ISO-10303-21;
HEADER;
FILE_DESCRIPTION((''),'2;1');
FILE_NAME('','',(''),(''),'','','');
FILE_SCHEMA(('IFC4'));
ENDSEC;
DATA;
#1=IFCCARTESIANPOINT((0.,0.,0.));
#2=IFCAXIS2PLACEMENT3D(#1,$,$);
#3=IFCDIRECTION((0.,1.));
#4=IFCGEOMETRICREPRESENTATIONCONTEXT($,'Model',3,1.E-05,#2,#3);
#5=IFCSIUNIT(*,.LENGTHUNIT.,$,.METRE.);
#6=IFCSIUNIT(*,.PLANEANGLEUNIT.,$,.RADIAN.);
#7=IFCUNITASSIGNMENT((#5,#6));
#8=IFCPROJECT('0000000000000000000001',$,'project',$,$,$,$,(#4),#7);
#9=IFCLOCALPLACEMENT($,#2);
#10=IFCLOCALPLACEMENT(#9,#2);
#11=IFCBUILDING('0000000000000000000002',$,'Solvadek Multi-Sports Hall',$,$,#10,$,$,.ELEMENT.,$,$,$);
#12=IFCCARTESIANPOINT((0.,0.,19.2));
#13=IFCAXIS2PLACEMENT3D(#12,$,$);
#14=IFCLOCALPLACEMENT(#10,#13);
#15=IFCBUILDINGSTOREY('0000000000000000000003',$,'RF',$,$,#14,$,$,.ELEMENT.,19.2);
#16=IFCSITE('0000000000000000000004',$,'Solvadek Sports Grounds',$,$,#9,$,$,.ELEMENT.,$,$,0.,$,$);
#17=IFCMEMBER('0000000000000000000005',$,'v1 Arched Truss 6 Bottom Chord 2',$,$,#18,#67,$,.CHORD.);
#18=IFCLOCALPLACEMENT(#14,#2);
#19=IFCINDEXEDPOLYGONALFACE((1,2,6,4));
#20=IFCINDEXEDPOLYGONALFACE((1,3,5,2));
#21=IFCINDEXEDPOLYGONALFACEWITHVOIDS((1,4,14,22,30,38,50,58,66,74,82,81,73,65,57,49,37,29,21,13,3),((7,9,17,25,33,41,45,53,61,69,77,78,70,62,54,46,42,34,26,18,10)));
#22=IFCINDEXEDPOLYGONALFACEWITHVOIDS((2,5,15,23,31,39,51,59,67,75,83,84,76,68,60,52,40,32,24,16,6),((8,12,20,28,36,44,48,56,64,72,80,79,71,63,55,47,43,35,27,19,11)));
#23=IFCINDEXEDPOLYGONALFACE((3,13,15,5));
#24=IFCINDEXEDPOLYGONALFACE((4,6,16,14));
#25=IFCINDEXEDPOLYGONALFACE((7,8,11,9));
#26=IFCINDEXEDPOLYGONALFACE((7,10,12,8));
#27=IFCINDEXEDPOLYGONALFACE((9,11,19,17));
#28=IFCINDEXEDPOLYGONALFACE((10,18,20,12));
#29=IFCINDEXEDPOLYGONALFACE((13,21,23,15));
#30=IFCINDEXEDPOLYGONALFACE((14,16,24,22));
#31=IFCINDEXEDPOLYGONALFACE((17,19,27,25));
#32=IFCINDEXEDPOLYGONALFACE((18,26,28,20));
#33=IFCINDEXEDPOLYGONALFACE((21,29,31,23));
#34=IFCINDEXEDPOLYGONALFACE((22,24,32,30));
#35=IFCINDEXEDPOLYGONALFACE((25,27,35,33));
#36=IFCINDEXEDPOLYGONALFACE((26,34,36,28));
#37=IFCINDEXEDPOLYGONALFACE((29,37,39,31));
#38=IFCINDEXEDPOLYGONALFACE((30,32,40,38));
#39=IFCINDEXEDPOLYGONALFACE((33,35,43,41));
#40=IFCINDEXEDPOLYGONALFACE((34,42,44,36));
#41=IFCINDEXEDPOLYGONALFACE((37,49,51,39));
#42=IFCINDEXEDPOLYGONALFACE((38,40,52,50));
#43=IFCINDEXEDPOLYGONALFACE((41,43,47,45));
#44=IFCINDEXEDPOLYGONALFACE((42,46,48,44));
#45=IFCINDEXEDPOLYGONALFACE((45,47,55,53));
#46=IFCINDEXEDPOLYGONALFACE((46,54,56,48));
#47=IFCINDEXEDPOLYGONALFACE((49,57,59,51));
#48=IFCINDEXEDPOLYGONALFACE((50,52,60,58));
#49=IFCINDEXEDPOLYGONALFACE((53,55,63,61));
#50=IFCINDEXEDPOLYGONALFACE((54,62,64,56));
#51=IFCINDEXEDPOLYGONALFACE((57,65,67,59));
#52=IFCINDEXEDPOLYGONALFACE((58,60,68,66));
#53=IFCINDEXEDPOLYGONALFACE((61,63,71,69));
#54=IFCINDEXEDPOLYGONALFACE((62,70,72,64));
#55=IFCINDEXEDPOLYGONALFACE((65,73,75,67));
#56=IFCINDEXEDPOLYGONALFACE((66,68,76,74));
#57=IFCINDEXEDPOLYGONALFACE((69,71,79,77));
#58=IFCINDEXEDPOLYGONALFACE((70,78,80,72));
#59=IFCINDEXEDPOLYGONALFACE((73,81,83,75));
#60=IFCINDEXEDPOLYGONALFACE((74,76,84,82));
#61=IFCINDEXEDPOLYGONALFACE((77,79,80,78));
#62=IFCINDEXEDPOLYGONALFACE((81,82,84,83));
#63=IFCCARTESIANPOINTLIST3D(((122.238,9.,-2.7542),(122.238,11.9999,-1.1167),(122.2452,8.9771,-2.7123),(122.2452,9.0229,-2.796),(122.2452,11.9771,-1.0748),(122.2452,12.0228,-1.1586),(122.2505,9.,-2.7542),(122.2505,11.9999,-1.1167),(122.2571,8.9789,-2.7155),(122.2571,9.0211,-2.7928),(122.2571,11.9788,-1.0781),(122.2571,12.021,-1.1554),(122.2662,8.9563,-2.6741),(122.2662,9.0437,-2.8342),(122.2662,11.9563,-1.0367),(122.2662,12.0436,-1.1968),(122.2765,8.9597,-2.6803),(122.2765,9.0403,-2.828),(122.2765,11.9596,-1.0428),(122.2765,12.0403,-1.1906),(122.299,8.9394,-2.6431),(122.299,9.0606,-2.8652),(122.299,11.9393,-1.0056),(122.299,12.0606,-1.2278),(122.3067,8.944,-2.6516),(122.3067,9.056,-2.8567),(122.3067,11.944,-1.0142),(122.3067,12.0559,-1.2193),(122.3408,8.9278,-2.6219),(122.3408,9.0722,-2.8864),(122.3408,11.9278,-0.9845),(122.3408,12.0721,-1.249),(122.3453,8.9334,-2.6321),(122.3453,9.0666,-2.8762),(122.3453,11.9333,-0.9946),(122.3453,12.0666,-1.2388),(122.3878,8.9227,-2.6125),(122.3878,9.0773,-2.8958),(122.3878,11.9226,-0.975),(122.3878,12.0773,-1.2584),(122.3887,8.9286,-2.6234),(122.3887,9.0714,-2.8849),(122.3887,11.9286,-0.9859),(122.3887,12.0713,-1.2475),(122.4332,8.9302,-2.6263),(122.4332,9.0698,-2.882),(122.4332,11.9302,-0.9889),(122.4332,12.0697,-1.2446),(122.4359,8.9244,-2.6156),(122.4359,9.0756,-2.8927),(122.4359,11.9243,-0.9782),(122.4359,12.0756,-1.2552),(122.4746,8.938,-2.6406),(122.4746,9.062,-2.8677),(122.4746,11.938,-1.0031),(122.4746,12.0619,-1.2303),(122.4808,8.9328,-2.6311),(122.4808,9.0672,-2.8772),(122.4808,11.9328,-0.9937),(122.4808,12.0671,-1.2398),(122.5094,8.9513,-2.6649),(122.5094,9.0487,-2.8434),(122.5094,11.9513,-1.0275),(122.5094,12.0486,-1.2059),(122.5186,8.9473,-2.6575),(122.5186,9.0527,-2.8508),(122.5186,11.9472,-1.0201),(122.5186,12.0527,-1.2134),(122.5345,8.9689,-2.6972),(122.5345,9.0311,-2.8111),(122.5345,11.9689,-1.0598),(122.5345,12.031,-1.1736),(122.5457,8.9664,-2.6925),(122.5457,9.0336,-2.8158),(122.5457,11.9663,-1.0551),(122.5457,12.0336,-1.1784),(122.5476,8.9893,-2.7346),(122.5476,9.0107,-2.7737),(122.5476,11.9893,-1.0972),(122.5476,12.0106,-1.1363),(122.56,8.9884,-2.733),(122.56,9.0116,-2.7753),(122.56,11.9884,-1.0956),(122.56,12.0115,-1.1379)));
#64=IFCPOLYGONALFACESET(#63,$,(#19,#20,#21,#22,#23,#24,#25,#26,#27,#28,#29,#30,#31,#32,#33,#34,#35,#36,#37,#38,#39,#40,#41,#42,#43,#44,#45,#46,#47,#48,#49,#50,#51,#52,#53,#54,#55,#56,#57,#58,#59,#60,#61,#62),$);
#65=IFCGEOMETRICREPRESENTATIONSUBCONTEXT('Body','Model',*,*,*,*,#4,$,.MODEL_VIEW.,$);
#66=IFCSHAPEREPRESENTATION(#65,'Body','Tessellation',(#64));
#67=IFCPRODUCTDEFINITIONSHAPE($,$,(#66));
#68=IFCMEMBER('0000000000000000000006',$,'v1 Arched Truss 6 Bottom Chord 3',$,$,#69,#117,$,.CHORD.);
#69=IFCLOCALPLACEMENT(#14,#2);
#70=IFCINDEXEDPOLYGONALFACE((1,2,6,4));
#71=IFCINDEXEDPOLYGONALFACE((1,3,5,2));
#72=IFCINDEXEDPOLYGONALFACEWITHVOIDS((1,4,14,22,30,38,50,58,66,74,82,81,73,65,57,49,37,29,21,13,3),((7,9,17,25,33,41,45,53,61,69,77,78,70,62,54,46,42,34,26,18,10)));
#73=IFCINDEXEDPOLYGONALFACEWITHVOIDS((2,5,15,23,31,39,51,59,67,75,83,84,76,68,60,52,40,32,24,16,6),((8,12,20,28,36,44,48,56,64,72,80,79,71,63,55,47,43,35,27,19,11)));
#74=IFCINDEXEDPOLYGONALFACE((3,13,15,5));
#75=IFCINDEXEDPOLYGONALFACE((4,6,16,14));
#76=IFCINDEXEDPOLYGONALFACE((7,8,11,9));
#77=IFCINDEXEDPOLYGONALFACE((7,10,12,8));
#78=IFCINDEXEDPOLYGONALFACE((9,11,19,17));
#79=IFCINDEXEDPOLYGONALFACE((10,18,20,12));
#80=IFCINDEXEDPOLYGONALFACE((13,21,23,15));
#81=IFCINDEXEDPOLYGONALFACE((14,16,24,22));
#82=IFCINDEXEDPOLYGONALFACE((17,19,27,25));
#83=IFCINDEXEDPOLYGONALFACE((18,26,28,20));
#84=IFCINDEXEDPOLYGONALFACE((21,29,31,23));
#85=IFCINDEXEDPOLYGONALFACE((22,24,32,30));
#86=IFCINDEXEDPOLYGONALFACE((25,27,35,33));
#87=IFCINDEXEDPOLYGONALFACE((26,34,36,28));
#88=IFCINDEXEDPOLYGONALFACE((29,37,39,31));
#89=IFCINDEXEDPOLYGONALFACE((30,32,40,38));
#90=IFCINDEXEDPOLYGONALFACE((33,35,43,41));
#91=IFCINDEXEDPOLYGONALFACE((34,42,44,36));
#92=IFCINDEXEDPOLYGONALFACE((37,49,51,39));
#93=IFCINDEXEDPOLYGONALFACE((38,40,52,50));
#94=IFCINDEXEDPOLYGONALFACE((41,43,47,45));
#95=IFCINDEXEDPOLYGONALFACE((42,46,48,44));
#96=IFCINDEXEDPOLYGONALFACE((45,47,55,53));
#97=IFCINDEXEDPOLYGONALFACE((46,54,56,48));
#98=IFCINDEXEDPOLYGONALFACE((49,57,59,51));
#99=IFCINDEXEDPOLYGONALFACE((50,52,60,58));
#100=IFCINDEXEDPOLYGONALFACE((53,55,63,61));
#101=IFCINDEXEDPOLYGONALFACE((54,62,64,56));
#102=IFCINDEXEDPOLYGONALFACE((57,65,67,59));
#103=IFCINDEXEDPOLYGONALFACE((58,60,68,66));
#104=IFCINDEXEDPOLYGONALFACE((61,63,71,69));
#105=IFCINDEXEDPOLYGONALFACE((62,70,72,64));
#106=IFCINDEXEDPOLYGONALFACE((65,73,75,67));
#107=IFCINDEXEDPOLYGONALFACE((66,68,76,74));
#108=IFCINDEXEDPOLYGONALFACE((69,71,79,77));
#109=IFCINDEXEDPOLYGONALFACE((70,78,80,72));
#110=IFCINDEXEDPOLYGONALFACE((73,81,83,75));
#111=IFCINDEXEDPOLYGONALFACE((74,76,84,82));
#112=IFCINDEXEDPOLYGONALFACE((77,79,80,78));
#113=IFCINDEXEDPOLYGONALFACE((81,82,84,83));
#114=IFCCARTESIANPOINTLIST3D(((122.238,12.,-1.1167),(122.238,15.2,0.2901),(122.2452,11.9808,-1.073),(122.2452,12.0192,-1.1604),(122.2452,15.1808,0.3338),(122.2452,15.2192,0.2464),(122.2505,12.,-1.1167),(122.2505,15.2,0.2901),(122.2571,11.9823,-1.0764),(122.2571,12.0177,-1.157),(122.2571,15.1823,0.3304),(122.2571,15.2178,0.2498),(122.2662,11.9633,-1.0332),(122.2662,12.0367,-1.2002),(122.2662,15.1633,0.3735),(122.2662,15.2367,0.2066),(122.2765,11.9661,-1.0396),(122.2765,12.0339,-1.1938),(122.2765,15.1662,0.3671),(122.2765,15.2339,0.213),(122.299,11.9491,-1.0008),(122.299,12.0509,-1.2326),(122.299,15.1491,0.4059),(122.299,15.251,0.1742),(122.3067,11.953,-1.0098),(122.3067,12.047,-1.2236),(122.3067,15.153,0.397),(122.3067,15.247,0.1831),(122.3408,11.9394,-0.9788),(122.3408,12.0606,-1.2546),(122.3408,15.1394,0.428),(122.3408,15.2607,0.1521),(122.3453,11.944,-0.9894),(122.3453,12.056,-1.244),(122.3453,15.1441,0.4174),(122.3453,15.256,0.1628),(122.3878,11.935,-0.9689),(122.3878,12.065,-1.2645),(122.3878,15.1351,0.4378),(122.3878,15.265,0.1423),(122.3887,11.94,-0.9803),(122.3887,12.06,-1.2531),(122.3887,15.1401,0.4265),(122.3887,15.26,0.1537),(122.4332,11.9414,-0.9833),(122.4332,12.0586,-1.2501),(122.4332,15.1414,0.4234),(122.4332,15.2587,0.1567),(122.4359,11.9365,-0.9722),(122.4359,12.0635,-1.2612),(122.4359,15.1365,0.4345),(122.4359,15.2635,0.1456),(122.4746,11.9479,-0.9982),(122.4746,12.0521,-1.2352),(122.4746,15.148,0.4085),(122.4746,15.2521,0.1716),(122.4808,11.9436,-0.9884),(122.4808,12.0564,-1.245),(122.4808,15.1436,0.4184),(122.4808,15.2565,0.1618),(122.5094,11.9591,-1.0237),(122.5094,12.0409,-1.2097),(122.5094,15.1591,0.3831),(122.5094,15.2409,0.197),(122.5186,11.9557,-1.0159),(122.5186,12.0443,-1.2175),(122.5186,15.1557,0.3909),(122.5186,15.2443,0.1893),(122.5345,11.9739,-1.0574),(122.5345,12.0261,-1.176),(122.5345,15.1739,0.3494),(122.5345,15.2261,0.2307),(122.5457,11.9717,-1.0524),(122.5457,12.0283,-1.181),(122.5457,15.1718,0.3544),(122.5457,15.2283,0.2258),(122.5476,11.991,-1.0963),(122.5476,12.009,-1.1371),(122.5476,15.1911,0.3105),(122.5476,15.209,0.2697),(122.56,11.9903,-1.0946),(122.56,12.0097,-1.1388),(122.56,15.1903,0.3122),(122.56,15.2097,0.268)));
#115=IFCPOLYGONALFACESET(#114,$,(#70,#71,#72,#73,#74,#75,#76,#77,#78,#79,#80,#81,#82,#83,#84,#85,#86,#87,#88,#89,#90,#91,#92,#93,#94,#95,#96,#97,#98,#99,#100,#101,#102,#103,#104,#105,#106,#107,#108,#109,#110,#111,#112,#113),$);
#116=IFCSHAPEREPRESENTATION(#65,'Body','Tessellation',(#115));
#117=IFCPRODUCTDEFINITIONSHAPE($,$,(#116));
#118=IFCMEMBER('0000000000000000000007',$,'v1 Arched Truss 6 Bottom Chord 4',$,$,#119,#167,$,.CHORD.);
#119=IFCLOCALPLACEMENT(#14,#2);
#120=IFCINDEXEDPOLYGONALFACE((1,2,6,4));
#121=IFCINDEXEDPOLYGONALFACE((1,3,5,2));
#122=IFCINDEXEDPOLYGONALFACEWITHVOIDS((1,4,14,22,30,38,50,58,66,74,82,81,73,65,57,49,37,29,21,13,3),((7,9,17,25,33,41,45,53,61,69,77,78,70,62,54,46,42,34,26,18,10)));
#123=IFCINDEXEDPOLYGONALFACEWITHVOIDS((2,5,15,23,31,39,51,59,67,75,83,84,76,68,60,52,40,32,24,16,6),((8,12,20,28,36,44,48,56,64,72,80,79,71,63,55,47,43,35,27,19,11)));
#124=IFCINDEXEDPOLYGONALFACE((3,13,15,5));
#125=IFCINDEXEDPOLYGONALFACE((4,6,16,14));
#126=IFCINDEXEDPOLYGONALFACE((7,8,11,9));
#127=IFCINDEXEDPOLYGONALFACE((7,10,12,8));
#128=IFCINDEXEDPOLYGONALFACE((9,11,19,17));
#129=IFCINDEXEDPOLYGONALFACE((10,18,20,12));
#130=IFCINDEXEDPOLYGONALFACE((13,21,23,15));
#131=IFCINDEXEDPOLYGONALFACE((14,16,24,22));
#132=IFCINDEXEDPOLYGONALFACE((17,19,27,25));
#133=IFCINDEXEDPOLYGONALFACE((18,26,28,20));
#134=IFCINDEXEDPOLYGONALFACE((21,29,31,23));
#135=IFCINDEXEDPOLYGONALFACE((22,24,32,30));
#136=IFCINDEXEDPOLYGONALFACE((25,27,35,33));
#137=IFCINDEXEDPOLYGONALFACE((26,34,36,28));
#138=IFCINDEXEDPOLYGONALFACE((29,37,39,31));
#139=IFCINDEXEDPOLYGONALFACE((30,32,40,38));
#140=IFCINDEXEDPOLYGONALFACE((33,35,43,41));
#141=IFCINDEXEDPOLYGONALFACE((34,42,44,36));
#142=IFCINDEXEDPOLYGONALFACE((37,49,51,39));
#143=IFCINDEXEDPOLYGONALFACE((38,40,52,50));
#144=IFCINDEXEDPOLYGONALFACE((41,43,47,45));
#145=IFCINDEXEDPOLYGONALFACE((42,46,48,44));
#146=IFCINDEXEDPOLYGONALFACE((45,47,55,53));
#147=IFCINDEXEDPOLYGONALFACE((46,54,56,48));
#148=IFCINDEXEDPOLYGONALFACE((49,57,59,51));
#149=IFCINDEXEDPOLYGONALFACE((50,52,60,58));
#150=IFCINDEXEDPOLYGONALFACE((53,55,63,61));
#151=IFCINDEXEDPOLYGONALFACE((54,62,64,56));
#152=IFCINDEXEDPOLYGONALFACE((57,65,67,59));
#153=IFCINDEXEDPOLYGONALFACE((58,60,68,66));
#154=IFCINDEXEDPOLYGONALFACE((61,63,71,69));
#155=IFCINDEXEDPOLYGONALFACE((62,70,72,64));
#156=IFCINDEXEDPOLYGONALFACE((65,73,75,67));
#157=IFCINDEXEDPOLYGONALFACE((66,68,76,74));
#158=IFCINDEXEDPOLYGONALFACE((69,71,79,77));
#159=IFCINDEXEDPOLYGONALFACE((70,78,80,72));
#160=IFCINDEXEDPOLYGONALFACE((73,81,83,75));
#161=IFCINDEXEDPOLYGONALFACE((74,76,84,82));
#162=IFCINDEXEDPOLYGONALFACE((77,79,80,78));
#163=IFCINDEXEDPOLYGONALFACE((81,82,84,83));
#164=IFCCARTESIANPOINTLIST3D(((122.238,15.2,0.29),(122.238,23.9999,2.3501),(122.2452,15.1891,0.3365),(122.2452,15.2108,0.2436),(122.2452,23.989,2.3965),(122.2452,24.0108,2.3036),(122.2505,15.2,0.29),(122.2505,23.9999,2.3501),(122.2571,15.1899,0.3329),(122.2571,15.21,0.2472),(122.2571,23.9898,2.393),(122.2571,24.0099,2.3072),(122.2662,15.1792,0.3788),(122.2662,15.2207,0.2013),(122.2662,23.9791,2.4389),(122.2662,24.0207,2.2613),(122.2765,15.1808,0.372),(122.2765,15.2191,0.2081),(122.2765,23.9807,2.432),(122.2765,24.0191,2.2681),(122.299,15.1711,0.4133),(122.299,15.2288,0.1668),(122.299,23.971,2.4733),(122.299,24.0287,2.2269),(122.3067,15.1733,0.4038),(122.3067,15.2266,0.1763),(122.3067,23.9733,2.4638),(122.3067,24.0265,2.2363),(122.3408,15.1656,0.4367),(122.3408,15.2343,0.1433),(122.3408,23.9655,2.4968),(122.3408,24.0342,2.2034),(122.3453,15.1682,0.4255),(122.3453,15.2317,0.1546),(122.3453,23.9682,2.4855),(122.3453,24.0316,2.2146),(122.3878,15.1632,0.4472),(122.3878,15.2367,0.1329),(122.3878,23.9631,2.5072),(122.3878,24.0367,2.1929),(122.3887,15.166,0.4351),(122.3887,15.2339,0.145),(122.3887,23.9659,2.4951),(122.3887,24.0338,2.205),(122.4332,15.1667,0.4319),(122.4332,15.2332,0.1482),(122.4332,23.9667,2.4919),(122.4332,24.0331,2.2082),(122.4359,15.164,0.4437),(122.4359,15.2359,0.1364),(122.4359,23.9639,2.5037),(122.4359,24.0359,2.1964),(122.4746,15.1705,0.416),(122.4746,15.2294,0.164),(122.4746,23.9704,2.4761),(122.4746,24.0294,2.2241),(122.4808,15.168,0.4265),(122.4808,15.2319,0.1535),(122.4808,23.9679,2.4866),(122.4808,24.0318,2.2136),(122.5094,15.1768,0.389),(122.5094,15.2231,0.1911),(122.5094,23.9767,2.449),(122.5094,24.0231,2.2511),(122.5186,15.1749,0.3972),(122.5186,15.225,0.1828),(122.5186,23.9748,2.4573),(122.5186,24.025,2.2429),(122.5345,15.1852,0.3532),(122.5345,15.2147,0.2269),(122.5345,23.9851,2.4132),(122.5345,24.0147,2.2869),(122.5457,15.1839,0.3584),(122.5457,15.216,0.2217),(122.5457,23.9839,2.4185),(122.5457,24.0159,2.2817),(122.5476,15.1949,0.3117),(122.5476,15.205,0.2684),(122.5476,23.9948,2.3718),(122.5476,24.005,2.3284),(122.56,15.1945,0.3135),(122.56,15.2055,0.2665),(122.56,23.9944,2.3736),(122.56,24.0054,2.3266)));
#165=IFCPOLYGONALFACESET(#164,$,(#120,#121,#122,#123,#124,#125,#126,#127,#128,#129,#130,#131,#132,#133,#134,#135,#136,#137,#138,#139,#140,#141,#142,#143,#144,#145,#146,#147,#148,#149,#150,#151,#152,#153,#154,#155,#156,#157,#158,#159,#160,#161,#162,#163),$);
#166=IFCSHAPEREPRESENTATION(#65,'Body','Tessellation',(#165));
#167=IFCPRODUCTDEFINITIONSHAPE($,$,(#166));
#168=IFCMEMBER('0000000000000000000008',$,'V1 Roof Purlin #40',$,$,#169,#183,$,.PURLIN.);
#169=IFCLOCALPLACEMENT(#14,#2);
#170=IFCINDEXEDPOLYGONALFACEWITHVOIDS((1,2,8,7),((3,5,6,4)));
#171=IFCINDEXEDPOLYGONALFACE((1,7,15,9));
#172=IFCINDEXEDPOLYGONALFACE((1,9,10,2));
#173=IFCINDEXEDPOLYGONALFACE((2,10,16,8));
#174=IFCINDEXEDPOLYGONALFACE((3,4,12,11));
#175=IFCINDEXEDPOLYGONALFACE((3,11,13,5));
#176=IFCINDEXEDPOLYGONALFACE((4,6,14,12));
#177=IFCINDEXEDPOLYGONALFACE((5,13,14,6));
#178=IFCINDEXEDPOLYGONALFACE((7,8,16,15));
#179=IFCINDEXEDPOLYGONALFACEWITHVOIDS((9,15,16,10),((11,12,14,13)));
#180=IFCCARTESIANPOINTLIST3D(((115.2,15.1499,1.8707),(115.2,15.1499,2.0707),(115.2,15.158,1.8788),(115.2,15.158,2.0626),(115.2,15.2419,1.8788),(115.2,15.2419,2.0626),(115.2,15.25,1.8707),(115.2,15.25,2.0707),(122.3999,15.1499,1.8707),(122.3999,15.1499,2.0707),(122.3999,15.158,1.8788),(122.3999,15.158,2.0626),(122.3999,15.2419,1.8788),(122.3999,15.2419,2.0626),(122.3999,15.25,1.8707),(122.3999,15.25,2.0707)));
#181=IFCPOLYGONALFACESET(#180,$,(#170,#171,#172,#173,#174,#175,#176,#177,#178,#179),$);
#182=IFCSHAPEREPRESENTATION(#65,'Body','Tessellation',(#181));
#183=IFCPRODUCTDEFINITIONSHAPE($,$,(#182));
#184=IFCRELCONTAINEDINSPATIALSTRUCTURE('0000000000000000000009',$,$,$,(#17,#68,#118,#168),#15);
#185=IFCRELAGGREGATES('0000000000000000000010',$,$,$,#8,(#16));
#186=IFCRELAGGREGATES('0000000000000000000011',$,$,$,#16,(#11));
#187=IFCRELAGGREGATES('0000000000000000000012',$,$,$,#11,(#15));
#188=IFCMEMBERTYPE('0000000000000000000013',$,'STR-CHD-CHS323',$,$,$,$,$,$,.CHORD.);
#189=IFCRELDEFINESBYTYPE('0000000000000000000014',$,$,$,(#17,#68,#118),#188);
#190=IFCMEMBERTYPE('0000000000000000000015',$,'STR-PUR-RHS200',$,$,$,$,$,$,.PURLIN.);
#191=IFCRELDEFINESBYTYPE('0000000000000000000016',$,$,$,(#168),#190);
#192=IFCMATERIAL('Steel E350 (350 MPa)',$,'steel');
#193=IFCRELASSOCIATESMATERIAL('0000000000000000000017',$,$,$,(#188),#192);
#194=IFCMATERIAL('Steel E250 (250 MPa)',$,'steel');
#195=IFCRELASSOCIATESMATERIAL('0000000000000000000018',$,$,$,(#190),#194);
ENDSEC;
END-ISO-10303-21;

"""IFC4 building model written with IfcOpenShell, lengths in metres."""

from ifc_helpers import new_model, si_unit, direction, frame, origin, origin_2d, place, context, subcontext, project, spatial, hollow_rectangle, hollow_circle, extrude, material, material_profile, profile_set, type_object, element, save


model = new_model("IFC4")

# Units and contexts
model_context = context("Model", 3, precision=1e-05, world=origin(), true_north=direction((0.0, 1.0)))
body_context = subcontext(model_context, "Body", "Model", "MODEL_VIEW")
ifc_project = project(units=[si_unit("LENGTHUNIT", "METRE"), si_unit("PLANEANGLEUNIT", "RADIAN")], contexts=[model_context])

# Site, building, storey
site_placement = place(None, origin())
site = spatial("IfcSite", under=ifc_project, at=site_placement, Name="Solvadek Sports Grounds", CompositionType="ELEMENT", RefElevation=0.0)
building_placement = place(site_placement, origin())
building = spatial("IfcBuilding", under=site, at=building_placement, Name="Solvadek Multi-Sports Hall", CompositionType="ELEMENT")
storey_placement = place(building_placement, frame((0.0, 0.0, 19.2)))
storey = spatial("IfcBuildingStorey", under=building, at=storey_placement, Name="RF", CompositionType="ELEMENT", Elevation=19.2)

# Shared definitions
ifc_material_1 = material(Name="Steel E350 (350 MPa)", Category="steel")

# Members
ifc_material_profile_1 = material_profile(ifc_material_1, hollow_circle(Radius=0.1619, WallThickness=0.0125, at=origin_2d()), Name="CHS 323.9x12.5")
ifc_profile_set_1 = profile_set([ifc_material_profile_1], Name="Steel E350 (350 MPa)")
member_type_1 = type_object("IfcMemberType", Name="STR-CHD-CHS323", PredefinedType="CHORD", material=ifc_profile_set_1)
member_1_placement = place(storey_placement, frame((122.3999, 9.0, -2.7542), z_axis=(0.0, 0.877762, 0.479097), x_axis=(-1.0, 0.0, 0.0)))
element("IfcMember", 1, at=member_1_placement, inside=storey, type_object=member_type_1, Name="v1 Arched Truss 6 Bottom Chord 2", PredefinedType="CHORD", context=body_context, shape_type="SweptSolid", body=[
    extrude(hollow_circle(Radius=0.1619, WallThickness=0.0125, at=origin_2d()), origin(), (0.0, 0.0, 1.0), 3.4177),
])
member_2_placement = place(storey_placement, frame((122.3999, 12.0, -1.1167), z_axis=(0.0, 0.915446, 0.402441), x_axis=(-1.0, 0.0, 0.0)))
element("IfcMember", 2, at=member_2_placement, inside=storey, type_object=member_type_1, Name="v1 Arched Truss 6 Bottom Chord 3", PredefinedType="CHORD", context=body_context, shape_type="SweptSolid", body=[
    extrude(hollow_circle(Radius=0.1619, WallThickness=0.0125, at=origin_2d()), origin(), (0.0, 0.0, 1.0), 3.4956),
])
member_3_placement = place(storey_placement, frame((122.3999, 15.2, 0.29), z_axis=(0.0, 0.973677, 0.227934), x_axis=(-1.0, 0.0, 0.0)))
element("IfcMember", 3, at=member_3_placement, inside=storey, type_object=member_type_1, Name="v1 Arched Truss 6 Bottom Chord 4", PredefinedType="CHORD", context=body_context, shape_type="SweptSolid", body=[
    extrude(hollow_circle(Radius=0.1619, WallThickness=0.0125, at=origin_2d()), origin(), (0.0, 0.0, 1.0), 9.0378),
])
ifc_material_2 = material(Name="Steel E250 (250 MPa)", Category="steel")
ifc_material_profile_2 = material_profile(ifc_material_2, hollow_rectangle(XDim=0.1001, YDim=0.2, WallThickness=0.0081, at=origin_2d()), Name="RHS 200x100x8")
ifc_profile_set_2 = profile_set([ifc_material_profile_2], Name="Steel E250 (250 MPa)")
member_type_2 = type_object("IfcMemberType", Name="STR-PUR-RHS200", PredefinedType="PURLIN", material=ifc_profile_set_2)
member_4_placement = place(storey_placement, frame((115.2, 15.2, 1.9707), z_axis=(1.0, 0.0, 0.0), x_axis=(0.0, 1.0, 0.0)))
element("IfcMember", 4, at=member_4_placement, inside=storey, type_object=member_type_2, Name="V1 Roof Purlin #40", PredefinedType="PURLIN", context=body_context, shape_type="SweptSolid", body=[
    extrude(hollow_rectangle(XDim=0.1001, YDim=0.2, WallThickness=0.0081, at=origin_2d()), origin(), (0.0, 0.0, 1.0), 7.2),
])

save(model, "model.ifc")
